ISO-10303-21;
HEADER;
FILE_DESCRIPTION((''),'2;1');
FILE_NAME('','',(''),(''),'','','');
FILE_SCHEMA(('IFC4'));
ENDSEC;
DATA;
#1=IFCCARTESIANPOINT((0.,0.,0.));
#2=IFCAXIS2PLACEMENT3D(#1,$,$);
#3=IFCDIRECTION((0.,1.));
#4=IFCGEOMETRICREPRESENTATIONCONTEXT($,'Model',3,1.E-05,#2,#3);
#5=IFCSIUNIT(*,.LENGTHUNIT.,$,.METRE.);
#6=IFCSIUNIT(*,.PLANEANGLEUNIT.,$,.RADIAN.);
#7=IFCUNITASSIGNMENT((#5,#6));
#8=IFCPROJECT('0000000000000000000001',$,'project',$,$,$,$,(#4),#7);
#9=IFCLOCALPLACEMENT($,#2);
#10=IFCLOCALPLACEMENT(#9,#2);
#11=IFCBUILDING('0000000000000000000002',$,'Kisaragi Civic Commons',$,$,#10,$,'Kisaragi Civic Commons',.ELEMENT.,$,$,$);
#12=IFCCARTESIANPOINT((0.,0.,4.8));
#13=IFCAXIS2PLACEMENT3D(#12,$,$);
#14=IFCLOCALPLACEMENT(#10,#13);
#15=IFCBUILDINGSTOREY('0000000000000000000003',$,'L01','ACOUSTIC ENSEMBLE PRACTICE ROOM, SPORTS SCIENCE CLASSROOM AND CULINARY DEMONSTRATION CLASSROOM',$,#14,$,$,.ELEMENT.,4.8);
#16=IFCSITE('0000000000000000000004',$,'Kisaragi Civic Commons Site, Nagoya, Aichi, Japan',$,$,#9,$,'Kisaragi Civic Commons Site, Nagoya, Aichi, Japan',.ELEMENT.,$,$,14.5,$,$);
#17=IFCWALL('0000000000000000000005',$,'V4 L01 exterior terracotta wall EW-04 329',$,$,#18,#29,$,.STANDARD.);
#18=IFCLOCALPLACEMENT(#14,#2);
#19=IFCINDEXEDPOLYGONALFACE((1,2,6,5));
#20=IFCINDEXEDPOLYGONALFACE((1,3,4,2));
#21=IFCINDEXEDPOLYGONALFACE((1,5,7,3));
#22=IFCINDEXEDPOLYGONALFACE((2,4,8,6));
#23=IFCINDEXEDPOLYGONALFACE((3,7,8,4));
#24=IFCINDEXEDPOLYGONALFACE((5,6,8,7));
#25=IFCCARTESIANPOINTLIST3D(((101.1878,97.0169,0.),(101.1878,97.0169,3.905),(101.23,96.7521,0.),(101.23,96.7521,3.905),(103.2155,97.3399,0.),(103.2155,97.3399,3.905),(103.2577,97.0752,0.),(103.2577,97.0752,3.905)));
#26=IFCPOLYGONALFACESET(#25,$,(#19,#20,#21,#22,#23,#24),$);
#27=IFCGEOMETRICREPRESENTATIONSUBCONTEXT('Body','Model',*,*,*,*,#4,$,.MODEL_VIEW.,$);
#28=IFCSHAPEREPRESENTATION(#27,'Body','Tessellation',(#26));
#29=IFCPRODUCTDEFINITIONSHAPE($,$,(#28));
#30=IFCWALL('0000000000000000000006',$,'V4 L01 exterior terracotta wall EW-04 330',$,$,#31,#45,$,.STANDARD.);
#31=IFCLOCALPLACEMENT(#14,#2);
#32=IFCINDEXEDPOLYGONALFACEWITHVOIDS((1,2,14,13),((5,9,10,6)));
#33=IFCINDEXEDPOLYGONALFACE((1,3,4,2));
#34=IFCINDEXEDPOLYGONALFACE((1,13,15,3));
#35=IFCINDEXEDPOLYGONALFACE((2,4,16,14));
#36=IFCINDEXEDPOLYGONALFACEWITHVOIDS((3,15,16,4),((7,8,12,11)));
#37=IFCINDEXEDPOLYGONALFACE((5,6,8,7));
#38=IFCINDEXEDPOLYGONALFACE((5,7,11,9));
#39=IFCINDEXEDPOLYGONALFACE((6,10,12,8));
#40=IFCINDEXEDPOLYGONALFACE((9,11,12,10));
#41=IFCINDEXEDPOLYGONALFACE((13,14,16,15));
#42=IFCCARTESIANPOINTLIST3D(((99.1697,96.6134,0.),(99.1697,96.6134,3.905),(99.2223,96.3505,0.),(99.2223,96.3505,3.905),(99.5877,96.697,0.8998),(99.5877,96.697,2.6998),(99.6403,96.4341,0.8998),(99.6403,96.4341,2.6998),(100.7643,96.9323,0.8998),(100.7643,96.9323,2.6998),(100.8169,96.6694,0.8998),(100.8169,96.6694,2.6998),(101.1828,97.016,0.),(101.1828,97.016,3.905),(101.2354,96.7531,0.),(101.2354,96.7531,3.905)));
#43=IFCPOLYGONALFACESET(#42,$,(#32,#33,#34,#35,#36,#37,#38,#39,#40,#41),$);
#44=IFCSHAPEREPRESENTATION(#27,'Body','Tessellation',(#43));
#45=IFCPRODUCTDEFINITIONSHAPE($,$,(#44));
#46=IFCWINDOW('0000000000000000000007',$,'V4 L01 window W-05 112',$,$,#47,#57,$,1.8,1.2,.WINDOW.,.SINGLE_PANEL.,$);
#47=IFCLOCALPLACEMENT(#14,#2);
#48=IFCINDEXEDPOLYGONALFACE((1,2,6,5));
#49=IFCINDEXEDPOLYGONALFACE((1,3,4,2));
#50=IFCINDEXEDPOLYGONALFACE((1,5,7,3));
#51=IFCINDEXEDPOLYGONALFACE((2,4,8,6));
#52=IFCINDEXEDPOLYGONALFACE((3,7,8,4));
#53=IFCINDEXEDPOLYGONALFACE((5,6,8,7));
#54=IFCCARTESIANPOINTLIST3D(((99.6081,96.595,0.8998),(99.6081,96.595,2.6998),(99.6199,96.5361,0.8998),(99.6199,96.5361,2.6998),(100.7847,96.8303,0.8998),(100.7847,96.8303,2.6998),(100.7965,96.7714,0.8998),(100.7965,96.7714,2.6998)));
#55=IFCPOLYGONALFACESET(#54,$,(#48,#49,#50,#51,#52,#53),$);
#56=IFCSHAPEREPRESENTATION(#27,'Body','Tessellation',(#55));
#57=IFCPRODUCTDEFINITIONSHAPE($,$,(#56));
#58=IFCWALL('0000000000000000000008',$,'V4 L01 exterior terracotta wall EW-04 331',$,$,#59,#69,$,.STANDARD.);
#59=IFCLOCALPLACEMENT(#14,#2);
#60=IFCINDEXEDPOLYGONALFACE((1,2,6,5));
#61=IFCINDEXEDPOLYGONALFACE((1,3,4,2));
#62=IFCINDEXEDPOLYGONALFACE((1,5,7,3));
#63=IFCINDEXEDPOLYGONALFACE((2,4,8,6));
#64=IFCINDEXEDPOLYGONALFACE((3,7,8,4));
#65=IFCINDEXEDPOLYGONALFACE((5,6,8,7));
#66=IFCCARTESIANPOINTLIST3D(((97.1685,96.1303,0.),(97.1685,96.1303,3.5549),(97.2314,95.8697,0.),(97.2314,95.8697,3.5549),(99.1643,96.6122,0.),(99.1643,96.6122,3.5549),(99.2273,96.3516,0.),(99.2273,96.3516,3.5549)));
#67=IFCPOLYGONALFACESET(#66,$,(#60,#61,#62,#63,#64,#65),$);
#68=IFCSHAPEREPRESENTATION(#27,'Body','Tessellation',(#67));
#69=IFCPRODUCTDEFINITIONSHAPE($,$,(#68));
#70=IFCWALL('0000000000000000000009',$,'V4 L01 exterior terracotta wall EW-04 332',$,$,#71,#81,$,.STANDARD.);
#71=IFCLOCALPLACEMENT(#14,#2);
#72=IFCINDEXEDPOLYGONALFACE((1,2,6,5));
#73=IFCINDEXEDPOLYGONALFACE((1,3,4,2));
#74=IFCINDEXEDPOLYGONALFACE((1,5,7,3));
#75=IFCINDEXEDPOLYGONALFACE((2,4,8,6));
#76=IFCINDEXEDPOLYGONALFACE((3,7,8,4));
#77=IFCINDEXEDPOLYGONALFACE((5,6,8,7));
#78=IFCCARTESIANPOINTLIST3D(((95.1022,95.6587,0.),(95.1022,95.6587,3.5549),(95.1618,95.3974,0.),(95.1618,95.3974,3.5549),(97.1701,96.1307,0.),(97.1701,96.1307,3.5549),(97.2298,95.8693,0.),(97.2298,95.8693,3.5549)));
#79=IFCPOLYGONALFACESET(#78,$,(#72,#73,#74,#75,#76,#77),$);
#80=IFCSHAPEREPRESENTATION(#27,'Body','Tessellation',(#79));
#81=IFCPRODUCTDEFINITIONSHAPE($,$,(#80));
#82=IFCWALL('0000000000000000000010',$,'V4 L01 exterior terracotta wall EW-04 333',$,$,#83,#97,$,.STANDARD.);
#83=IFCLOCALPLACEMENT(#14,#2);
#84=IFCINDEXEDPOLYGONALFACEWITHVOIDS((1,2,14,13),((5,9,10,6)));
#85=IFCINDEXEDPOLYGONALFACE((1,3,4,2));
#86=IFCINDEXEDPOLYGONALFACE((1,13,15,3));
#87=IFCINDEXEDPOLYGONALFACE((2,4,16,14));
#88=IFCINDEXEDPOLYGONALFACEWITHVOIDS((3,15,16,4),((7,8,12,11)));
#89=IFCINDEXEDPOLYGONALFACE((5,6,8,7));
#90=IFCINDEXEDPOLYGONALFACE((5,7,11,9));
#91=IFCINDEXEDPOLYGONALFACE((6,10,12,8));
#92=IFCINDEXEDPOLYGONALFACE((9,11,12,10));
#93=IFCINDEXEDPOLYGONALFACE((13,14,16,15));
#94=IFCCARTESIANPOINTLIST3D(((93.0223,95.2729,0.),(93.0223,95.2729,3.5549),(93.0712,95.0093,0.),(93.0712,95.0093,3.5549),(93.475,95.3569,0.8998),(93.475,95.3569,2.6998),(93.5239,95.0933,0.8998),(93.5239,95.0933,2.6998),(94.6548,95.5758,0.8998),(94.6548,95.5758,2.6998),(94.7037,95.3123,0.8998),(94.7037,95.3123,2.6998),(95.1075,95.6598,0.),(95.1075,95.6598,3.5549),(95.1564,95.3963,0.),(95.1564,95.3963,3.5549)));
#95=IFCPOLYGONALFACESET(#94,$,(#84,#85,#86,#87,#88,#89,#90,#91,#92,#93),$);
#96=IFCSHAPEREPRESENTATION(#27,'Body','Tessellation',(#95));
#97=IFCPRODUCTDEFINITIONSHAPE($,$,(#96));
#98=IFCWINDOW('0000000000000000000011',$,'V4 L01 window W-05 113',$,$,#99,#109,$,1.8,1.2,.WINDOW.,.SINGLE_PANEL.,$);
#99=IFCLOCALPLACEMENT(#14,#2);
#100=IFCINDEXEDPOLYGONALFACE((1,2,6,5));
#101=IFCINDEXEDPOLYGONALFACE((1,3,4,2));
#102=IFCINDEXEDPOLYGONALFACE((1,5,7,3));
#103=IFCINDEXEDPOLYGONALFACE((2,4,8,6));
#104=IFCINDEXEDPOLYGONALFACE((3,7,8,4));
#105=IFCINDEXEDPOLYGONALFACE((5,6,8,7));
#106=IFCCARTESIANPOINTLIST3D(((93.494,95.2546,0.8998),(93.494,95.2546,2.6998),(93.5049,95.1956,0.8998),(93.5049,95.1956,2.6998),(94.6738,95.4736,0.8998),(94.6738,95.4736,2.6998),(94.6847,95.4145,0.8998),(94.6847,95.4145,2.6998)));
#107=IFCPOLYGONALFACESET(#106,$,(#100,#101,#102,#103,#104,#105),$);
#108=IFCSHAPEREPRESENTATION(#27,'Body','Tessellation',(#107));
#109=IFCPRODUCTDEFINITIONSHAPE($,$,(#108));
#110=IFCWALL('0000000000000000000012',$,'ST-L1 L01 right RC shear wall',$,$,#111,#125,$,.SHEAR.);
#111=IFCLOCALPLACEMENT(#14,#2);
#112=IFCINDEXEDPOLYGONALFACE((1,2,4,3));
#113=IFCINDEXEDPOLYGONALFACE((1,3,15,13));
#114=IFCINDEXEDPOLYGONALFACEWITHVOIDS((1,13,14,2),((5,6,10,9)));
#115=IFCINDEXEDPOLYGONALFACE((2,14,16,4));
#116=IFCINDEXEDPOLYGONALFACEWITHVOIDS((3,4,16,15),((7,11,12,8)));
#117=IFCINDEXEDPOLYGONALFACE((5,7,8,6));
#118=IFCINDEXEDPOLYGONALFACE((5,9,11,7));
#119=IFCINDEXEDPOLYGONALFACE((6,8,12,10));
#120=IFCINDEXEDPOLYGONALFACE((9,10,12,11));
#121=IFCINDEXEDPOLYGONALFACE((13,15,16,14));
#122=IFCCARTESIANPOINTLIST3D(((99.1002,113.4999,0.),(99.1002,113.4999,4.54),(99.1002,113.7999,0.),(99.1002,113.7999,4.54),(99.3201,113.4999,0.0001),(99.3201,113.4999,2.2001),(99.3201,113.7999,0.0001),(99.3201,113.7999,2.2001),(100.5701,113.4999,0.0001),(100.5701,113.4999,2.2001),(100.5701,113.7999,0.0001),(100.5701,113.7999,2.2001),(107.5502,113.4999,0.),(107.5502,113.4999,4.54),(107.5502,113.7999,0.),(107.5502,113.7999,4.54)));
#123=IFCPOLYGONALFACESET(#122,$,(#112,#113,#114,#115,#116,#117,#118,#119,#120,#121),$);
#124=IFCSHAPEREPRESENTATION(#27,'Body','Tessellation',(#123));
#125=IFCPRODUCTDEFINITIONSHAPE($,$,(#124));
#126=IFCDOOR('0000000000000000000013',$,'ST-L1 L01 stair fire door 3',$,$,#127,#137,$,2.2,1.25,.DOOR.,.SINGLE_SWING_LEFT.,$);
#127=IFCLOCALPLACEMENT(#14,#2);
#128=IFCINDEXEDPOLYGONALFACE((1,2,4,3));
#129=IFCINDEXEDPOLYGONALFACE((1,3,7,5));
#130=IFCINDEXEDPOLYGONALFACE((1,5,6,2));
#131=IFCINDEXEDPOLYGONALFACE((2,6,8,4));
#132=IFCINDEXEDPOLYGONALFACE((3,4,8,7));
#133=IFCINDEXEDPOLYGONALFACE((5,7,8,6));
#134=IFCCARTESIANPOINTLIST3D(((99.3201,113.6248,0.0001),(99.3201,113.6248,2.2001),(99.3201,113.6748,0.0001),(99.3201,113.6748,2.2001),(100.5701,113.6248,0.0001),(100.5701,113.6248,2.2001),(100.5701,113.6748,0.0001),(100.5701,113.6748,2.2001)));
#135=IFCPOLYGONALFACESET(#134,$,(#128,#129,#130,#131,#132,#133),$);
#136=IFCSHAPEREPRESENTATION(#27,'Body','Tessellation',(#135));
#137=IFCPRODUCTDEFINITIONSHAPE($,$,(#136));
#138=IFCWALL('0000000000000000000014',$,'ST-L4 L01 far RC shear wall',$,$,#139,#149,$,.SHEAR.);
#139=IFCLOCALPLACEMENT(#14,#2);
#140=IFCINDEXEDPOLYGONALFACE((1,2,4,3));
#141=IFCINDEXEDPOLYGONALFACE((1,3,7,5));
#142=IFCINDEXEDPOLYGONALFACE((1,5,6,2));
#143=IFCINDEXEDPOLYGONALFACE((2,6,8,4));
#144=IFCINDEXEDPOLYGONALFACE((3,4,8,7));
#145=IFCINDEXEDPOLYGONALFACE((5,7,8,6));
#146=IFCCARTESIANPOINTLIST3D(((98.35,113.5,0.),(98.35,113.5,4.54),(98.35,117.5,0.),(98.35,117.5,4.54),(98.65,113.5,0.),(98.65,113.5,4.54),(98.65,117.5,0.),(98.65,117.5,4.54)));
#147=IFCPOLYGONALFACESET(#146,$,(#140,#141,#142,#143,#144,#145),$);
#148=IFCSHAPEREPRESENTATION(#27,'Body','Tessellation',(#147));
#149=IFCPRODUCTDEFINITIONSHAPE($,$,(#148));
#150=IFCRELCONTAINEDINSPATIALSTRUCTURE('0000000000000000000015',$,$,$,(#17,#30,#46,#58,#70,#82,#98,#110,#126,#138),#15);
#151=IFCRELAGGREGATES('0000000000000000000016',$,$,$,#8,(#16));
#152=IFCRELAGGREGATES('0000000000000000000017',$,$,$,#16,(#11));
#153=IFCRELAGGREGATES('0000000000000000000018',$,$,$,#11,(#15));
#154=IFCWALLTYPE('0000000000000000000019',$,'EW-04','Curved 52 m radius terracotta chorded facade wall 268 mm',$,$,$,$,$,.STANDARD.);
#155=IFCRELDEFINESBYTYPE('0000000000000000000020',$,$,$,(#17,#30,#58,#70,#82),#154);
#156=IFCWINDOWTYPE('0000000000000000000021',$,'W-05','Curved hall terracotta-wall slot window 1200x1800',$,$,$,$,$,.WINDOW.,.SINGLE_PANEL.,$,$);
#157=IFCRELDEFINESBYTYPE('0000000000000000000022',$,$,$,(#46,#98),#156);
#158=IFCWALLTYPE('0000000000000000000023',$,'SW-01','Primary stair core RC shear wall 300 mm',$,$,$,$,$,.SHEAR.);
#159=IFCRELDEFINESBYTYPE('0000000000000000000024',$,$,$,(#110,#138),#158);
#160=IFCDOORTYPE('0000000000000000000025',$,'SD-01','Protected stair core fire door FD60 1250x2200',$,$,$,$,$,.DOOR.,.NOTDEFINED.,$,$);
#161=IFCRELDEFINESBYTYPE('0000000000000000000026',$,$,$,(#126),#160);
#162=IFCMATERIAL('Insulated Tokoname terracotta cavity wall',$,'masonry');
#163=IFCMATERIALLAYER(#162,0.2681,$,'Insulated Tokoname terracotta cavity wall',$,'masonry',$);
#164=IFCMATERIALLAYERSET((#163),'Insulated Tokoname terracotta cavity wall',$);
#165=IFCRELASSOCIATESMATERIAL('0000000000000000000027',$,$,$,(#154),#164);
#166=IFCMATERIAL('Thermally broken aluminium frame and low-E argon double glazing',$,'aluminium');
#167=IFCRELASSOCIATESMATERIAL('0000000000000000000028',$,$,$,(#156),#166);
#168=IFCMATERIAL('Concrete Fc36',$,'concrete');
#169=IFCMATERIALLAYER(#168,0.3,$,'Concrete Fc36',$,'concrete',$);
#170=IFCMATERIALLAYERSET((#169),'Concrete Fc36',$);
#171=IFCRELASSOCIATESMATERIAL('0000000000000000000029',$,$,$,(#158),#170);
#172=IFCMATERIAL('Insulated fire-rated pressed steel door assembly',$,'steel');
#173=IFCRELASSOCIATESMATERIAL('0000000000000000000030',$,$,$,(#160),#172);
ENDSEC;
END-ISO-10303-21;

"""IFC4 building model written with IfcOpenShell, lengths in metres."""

from ifc_helpers import new_model, si_unit, direction, frame, frame_2d, origin, place, context, subcontext, project, spatial, rectangle, extrude, material, layer, layer_set, type_object, element, fill, save


model = new_model("IFC4")

# Units and contexts
model_context = context("Model", 3, precision=1e-05, world=origin(), true_north=direction((0.0, 1.0)))
body_context = subcontext(model_context, "Body", "Model", "MODEL_VIEW")
ifc_project = project(units=[si_unit("LENGTHUNIT", "METRE"), si_unit("PLANEANGLEUNIT", "RADIAN")], contexts=[model_context])

# Site, building, storey
site_placement = place(None, origin())
site = spatial("IfcSite", under=ifc_project, at=site_placement, Name="Kisaragi Civic Commons Site, Nagoya, Aichi, Japan", LongName="Kisaragi Civic Commons Site, Nagoya, Aichi, Japan", CompositionType="ELEMENT", RefElevation=14.5)
building_placement = place(site_placement, origin())
building = spatial("IfcBuilding", under=site, at=building_placement, Name="Kisaragi Civic Commons", LongName="Kisaragi Civic Commons", CompositionType="ELEMENT")
storey_placement = place(building_placement, frame((0.0, 0.0, 4.8)))
storey = spatial("IfcBuildingStorey", under=building, at=storey_placement, Name="L01", Description="ACOUSTIC ENSEMBLE PRACTICE ROOM, SPORTS SCIENCE CLASSROOM AND CULINARY DEMONSTRATION CLASSROOM", CompositionType="ELEMENT", Elevation=4.8)

# Shared definitions
ifc_material_1 = material(Name="Concrete Fc36", Category="concrete")

# Wall
ifc_material_2 = material(Name="Insulated Tokoname terracotta cavity wall", Category="masonry")
ifc_layer_1 = layer(ifc_material_2, 0.2681, Name="Insulated Tokoname terracotta cavity wall", Category="masonry")
ifc_layer_set_1 = layer_set([ifc_layer_1], Name="Insulated Tokoname terracotta cavity wall")
wall_type_1 = type_object("IfcWallType", Name="EW-04", Description="Curved 52 m radius terracotta chorded facade wall 268 mm", PredefinedType="STANDARD", material=ifc_layer_set_1)
wall_1_placement = place(storey_placement, frame((103.2366, 97.2075, 0.0), z_axis=(0.0, 0.0, 1.0), x_axis=(-0.987548, -0.157318, 0.0)))
element("IfcWall", 1, at=wall_1_placement, inside=storey, type_object=wall_type_1, Name="V4 L01 exterior terracotta wall EW-04 329", PredefinedType="STANDARD", context=body_context, shape_type="SweptSolid", body=[
    extrude(rectangle(XDim=2.0532, YDim=0.2681, at=frame_2d((1.0266, 0.0))), origin(), (0.0, 0.0, 1.0), 3.905),
])

# Wall, opening, window
wall_2_placement = place(storey_placement, frame((101.209, 96.8845, 0.0), z_axis=(0.0, 0.0, 1.0), x_axis=(-0.980585, -0.196093, 0.0)))
wall_2 = element("IfcWall", 2, at=wall_2_placement, inside=storey, type_object=wall_type_1, Name="V4 L01 exterior terracotta wall EW-04 330", PredefinedType="STANDARD", context=body_context, shape_type="SweptSolid", body=[
    extrude(rectangle(XDim=2.053, YDim=0.2681, at=frame_2d((1.0264, 0.0))), origin(), (0.0, 0.0, 1.0), 3.905),
])
opening_1_placement = place(wall_2_placement, frame((0.4265, 0.0, 0.8999)))
opening_1 = element("IfcOpeningElement", 3, at=opening_1_placement, cuts=wall_2, PredefinedType="OPENING", context=body_context, shape_type="SweptSolid", body=[
    extrude(rectangle(XDim=1.2, YDim=1.8, at=frame_2d((0.6001, 0.8999))), frame((0.0, 0.144, 0.0), z_axis=(0.0, -1.0, 0.0), x_axis=(1.0, 0.0, 0.0)), (0.0, 0.0, 1.0), 0.2881),
])
ifc_material_3 = material(Name="Thermally broken aluminium frame and low-E argon double glazing", Category="aluminium")
window_type = type_object("IfcWindowType", Name="W-05", Description="Curved hall terracotta-wall slot window 1200x1800", PartitioningType="SINGLE_PANEL", PredefinedType="WINDOW", material=ifc_material_3)
window_1_placement = place(opening_1_placement, origin())
window_1 = element("IfcWindow", 4, at=window_1_placement, inside=storey, type_object=window_type, Name="V4 L01 window W-05 112", OverallHeight=1.8, OverallWidth=1.2, PartitioningType="SINGLE_PANEL", PredefinedType="WINDOW", context=body_context, shape_type="SweptSolid", body=[
    extrude(rectangle(XDim=1.2, YDim=1.8, at=frame_2d((0.6001, 0.8999))), frame((0.0, 0.03, 0.0), z_axis=(0.0, -1.0, 0.0), x_axis=(1.0, 0.0, 0.0)), (0.0, 0.0, 1.0), 0.0601),
])
fill(opening_1, window_1)

# Walls
wall_3_placement = place(storey_placement, frame((99.1958, 96.4819, 0.0), z_axis=(0.0, 0.0, 1.0), x_axis=(-0.972063, -0.234722, 0.0)))
element("IfcWall", 5, at=wall_3_placement, inside=storey, type_object=wall_type_1, Name="V4 L01 exterior terracotta wall EW-04 331", PredefinedType="STANDARD", context=body_context, shape_type="SweptSolid", body=[
    extrude(rectangle(XDim=2.0532, YDim=0.2681, at=frame_2d((1.0266, 0.0))), origin(), (0.0, 0.0, 1.0), 3.5549),
])
wall_4_placement = place(storey_placement, frame((97.2, 96.0, 0.0), z_axis=(0.0, 0.0, 1.0), x_axis=(-0.974933, -0.222497, 0.0)))
element("IfcWall", 6, at=wall_4_placement, inside=storey, type_object=wall_type_1, Name="V4 L01 exterior terracotta wall EW-04 332", PredefinedType="STANDARD", context=body_context, shape_type="SweptSolid", body=[
    extrude(rectangle(XDim=2.1211, YDim=0.2681, at=frame_2d((1.0605, 0.0))), origin(), (0.0, 0.0, 1.0), 3.5549),
])

# Wall, opening, window
wall_5_placement = place(storey_placement, frame((95.1321, 95.5281, 0.0), z_axis=(0.0, 0.0, 1.0), x_axis=(-0.983213, -0.18246, 0.0)))
wall_5 = element("IfcWall", 7, at=wall_5_placement, inside=storey, type_object=wall_type_1, Name="V4 L01 exterior terracotta wall EW-04 333", PredefinedType="STANDARD", context=body_context, shape_type="SweptSolid", body=[
    extrude(rectangle(XDim=2.1208, YDim=0.2681, at=frame_2d((1.0605, 0.0))), origin(), (0.0, 0.0, 1.0), 3.5549),
])
opening_2_placement = place(wall_5_placement, frame((0.4604, 0.0, 0.8999)))
opening_2 = element("IfcOpeningElement", 8, at=opening_2_placement, cuts=wall_5, PredefinedType="OPENING", context=body_context, shape_type="SweptSolid", body=[
    extrude(rectangle(XDim=1.2, YDim=1.8, at=frame_2d((0.6001, 0.8999))), frame((0.0, 0.144, 0.0), z_axis=(0.0, -1.0, 0.0), x_axis=(1.0, 0.0, 0.0)), (0.0, 0.0, 1.0), 0.2881),
])
window_2_placement = place(opening_2_placement, origin())
window_2 = element("IfcWindow", 9, at=window_2_placement, inside=storey, type_object=window_type, Name="V4 L01 window W-05 113", OverallHeight=1.8, OverallWidth=1.2, PartitioningType="SINGLE_PANEL", PredefinedType="WINDOW", context=body_context, shape_type="SweptSolid", body=[
    extrude(rectangle(XDim=1.2, YDim=1.8, at=frame_2d((0.6001, 0.8999))), frame((0.0, 0.03, 0.0), z_axis=(0.0, -1.0, 0.0), x_axis=(1.0, 0.0, 0.0)), (0.0, 0.0, 1.0), 0.0601),
])
fill(opening_2, window_2)

# Wall, opening, door
ifc_layer_2 = layer(ifc_material_1, 0.3, Name="Concrete Fc36", Category="concrete")
ifc_layer_set_2 = layer_set([ifc_layer_2], Name="Concrete Fc36")
wall_type_2 = type_object("IfcWallType", Name="SW-01", Description="Primary stair core RC shear wall 300 mm", PredefinedType="SHEAR", material=ifc_layer_set_2)
wall_6_placement = place(storey_placement, frame((99.1001, 113.6499, 0.0), z_axis=(0.0, 0.0, 1.0), x_axis=(1.0, 0.0, 0.0)))
wall_6 = element("IfcWall", 10, at=wall_6_placement, inside=storey, type_object=wall_type_2, Name="ST-L1 L01 right RC shear wall", PredefinedType="SHEAR", context=body_context, shape_type="SweptSolid", body=[
    extrude(rectangle(XDim=8.45, YDim=0.3, at=frame_2d((4.2251, 0.0))), origin(), (0.0, 0.0, 1.0), 4.54),
])
opening_3_placement = place(wall_6_placement, frame((0.22, 0.0, 0.0)))
opening_3 = element("IfcOpeningElement", 11, at=opening_3_placement, cuts=wall_6, PredefinedType="OPENING", context=body_context, shape_type="SweptSolid", body=[
    extrude(rectangle(XDim=1.25, YDim=2.2, at=frame_2d((0.625, 1.1001))), frame((0.0, 0.1599, 0.0), z_axis=(0.0, -1.0, 0.0), x_axis=(1.0, 0.0, 0.0)), (0.0, 0.0, 1.0), 0.3201),
])
ifc_material_4 = material(Name="Insulated fire-rated pressed steel door assembly", Category="steel")
door_type = type_object("IfcDoorType", Name="SD-01", Description="Protected stair core fire door FD60 1250x2200", OperationType="NOTDEFINED", PredefinedType="DOOR", material=ifc_material_4)
door_placement = place(opening_3_placement, origin())
door = element("IfcDoor", 12, at=door_placement, inside=storey, type_object=door_type, Name="ST-L1 L01 stair fire door 3", OperationType="SINGLE_SWING_LEFT", OverallHeight=2.2, OverallWidth=1.25, PredefinedType="DOOR", context=body_context, shape_type="SweptSolid", body=[
    extrude(rectangle(XDim=1.25, YDim=2.2, at=frame_2d((0.625, 1.1001))), frame((0.0, 0.0249, 0.0), z_axis=(0.0, -1.0, 0.0), x_axis=(1.0, 0.0, 0.0)), (0.0, 0.0, 1.0), 0.05),
])
fill(opening_3, door)

# Wall
wall_7_placement = place(storey_placement, frame((98.5, 113.5, 0.0), z_axis=(0.0, 0.0, 1.0), x_axis=(0.0, 1.0, 0.0)))
element("IfcWall", 13, at=wall_7_placement, inside=storey, type_object=wall_type_2, Name="ST-L4 L01 far RC shear wall", PredefinedType="SHEAR", context=body_context, shape_type="SweptSolid", body=[
    extrude(rectangle(XDim=4.0, YDim=0.3, at=frame_2d((2.0, 0.0))), origin(), (0.0, 0.0, 1.0), 4.54),
])

save(model, "model.ifc")
